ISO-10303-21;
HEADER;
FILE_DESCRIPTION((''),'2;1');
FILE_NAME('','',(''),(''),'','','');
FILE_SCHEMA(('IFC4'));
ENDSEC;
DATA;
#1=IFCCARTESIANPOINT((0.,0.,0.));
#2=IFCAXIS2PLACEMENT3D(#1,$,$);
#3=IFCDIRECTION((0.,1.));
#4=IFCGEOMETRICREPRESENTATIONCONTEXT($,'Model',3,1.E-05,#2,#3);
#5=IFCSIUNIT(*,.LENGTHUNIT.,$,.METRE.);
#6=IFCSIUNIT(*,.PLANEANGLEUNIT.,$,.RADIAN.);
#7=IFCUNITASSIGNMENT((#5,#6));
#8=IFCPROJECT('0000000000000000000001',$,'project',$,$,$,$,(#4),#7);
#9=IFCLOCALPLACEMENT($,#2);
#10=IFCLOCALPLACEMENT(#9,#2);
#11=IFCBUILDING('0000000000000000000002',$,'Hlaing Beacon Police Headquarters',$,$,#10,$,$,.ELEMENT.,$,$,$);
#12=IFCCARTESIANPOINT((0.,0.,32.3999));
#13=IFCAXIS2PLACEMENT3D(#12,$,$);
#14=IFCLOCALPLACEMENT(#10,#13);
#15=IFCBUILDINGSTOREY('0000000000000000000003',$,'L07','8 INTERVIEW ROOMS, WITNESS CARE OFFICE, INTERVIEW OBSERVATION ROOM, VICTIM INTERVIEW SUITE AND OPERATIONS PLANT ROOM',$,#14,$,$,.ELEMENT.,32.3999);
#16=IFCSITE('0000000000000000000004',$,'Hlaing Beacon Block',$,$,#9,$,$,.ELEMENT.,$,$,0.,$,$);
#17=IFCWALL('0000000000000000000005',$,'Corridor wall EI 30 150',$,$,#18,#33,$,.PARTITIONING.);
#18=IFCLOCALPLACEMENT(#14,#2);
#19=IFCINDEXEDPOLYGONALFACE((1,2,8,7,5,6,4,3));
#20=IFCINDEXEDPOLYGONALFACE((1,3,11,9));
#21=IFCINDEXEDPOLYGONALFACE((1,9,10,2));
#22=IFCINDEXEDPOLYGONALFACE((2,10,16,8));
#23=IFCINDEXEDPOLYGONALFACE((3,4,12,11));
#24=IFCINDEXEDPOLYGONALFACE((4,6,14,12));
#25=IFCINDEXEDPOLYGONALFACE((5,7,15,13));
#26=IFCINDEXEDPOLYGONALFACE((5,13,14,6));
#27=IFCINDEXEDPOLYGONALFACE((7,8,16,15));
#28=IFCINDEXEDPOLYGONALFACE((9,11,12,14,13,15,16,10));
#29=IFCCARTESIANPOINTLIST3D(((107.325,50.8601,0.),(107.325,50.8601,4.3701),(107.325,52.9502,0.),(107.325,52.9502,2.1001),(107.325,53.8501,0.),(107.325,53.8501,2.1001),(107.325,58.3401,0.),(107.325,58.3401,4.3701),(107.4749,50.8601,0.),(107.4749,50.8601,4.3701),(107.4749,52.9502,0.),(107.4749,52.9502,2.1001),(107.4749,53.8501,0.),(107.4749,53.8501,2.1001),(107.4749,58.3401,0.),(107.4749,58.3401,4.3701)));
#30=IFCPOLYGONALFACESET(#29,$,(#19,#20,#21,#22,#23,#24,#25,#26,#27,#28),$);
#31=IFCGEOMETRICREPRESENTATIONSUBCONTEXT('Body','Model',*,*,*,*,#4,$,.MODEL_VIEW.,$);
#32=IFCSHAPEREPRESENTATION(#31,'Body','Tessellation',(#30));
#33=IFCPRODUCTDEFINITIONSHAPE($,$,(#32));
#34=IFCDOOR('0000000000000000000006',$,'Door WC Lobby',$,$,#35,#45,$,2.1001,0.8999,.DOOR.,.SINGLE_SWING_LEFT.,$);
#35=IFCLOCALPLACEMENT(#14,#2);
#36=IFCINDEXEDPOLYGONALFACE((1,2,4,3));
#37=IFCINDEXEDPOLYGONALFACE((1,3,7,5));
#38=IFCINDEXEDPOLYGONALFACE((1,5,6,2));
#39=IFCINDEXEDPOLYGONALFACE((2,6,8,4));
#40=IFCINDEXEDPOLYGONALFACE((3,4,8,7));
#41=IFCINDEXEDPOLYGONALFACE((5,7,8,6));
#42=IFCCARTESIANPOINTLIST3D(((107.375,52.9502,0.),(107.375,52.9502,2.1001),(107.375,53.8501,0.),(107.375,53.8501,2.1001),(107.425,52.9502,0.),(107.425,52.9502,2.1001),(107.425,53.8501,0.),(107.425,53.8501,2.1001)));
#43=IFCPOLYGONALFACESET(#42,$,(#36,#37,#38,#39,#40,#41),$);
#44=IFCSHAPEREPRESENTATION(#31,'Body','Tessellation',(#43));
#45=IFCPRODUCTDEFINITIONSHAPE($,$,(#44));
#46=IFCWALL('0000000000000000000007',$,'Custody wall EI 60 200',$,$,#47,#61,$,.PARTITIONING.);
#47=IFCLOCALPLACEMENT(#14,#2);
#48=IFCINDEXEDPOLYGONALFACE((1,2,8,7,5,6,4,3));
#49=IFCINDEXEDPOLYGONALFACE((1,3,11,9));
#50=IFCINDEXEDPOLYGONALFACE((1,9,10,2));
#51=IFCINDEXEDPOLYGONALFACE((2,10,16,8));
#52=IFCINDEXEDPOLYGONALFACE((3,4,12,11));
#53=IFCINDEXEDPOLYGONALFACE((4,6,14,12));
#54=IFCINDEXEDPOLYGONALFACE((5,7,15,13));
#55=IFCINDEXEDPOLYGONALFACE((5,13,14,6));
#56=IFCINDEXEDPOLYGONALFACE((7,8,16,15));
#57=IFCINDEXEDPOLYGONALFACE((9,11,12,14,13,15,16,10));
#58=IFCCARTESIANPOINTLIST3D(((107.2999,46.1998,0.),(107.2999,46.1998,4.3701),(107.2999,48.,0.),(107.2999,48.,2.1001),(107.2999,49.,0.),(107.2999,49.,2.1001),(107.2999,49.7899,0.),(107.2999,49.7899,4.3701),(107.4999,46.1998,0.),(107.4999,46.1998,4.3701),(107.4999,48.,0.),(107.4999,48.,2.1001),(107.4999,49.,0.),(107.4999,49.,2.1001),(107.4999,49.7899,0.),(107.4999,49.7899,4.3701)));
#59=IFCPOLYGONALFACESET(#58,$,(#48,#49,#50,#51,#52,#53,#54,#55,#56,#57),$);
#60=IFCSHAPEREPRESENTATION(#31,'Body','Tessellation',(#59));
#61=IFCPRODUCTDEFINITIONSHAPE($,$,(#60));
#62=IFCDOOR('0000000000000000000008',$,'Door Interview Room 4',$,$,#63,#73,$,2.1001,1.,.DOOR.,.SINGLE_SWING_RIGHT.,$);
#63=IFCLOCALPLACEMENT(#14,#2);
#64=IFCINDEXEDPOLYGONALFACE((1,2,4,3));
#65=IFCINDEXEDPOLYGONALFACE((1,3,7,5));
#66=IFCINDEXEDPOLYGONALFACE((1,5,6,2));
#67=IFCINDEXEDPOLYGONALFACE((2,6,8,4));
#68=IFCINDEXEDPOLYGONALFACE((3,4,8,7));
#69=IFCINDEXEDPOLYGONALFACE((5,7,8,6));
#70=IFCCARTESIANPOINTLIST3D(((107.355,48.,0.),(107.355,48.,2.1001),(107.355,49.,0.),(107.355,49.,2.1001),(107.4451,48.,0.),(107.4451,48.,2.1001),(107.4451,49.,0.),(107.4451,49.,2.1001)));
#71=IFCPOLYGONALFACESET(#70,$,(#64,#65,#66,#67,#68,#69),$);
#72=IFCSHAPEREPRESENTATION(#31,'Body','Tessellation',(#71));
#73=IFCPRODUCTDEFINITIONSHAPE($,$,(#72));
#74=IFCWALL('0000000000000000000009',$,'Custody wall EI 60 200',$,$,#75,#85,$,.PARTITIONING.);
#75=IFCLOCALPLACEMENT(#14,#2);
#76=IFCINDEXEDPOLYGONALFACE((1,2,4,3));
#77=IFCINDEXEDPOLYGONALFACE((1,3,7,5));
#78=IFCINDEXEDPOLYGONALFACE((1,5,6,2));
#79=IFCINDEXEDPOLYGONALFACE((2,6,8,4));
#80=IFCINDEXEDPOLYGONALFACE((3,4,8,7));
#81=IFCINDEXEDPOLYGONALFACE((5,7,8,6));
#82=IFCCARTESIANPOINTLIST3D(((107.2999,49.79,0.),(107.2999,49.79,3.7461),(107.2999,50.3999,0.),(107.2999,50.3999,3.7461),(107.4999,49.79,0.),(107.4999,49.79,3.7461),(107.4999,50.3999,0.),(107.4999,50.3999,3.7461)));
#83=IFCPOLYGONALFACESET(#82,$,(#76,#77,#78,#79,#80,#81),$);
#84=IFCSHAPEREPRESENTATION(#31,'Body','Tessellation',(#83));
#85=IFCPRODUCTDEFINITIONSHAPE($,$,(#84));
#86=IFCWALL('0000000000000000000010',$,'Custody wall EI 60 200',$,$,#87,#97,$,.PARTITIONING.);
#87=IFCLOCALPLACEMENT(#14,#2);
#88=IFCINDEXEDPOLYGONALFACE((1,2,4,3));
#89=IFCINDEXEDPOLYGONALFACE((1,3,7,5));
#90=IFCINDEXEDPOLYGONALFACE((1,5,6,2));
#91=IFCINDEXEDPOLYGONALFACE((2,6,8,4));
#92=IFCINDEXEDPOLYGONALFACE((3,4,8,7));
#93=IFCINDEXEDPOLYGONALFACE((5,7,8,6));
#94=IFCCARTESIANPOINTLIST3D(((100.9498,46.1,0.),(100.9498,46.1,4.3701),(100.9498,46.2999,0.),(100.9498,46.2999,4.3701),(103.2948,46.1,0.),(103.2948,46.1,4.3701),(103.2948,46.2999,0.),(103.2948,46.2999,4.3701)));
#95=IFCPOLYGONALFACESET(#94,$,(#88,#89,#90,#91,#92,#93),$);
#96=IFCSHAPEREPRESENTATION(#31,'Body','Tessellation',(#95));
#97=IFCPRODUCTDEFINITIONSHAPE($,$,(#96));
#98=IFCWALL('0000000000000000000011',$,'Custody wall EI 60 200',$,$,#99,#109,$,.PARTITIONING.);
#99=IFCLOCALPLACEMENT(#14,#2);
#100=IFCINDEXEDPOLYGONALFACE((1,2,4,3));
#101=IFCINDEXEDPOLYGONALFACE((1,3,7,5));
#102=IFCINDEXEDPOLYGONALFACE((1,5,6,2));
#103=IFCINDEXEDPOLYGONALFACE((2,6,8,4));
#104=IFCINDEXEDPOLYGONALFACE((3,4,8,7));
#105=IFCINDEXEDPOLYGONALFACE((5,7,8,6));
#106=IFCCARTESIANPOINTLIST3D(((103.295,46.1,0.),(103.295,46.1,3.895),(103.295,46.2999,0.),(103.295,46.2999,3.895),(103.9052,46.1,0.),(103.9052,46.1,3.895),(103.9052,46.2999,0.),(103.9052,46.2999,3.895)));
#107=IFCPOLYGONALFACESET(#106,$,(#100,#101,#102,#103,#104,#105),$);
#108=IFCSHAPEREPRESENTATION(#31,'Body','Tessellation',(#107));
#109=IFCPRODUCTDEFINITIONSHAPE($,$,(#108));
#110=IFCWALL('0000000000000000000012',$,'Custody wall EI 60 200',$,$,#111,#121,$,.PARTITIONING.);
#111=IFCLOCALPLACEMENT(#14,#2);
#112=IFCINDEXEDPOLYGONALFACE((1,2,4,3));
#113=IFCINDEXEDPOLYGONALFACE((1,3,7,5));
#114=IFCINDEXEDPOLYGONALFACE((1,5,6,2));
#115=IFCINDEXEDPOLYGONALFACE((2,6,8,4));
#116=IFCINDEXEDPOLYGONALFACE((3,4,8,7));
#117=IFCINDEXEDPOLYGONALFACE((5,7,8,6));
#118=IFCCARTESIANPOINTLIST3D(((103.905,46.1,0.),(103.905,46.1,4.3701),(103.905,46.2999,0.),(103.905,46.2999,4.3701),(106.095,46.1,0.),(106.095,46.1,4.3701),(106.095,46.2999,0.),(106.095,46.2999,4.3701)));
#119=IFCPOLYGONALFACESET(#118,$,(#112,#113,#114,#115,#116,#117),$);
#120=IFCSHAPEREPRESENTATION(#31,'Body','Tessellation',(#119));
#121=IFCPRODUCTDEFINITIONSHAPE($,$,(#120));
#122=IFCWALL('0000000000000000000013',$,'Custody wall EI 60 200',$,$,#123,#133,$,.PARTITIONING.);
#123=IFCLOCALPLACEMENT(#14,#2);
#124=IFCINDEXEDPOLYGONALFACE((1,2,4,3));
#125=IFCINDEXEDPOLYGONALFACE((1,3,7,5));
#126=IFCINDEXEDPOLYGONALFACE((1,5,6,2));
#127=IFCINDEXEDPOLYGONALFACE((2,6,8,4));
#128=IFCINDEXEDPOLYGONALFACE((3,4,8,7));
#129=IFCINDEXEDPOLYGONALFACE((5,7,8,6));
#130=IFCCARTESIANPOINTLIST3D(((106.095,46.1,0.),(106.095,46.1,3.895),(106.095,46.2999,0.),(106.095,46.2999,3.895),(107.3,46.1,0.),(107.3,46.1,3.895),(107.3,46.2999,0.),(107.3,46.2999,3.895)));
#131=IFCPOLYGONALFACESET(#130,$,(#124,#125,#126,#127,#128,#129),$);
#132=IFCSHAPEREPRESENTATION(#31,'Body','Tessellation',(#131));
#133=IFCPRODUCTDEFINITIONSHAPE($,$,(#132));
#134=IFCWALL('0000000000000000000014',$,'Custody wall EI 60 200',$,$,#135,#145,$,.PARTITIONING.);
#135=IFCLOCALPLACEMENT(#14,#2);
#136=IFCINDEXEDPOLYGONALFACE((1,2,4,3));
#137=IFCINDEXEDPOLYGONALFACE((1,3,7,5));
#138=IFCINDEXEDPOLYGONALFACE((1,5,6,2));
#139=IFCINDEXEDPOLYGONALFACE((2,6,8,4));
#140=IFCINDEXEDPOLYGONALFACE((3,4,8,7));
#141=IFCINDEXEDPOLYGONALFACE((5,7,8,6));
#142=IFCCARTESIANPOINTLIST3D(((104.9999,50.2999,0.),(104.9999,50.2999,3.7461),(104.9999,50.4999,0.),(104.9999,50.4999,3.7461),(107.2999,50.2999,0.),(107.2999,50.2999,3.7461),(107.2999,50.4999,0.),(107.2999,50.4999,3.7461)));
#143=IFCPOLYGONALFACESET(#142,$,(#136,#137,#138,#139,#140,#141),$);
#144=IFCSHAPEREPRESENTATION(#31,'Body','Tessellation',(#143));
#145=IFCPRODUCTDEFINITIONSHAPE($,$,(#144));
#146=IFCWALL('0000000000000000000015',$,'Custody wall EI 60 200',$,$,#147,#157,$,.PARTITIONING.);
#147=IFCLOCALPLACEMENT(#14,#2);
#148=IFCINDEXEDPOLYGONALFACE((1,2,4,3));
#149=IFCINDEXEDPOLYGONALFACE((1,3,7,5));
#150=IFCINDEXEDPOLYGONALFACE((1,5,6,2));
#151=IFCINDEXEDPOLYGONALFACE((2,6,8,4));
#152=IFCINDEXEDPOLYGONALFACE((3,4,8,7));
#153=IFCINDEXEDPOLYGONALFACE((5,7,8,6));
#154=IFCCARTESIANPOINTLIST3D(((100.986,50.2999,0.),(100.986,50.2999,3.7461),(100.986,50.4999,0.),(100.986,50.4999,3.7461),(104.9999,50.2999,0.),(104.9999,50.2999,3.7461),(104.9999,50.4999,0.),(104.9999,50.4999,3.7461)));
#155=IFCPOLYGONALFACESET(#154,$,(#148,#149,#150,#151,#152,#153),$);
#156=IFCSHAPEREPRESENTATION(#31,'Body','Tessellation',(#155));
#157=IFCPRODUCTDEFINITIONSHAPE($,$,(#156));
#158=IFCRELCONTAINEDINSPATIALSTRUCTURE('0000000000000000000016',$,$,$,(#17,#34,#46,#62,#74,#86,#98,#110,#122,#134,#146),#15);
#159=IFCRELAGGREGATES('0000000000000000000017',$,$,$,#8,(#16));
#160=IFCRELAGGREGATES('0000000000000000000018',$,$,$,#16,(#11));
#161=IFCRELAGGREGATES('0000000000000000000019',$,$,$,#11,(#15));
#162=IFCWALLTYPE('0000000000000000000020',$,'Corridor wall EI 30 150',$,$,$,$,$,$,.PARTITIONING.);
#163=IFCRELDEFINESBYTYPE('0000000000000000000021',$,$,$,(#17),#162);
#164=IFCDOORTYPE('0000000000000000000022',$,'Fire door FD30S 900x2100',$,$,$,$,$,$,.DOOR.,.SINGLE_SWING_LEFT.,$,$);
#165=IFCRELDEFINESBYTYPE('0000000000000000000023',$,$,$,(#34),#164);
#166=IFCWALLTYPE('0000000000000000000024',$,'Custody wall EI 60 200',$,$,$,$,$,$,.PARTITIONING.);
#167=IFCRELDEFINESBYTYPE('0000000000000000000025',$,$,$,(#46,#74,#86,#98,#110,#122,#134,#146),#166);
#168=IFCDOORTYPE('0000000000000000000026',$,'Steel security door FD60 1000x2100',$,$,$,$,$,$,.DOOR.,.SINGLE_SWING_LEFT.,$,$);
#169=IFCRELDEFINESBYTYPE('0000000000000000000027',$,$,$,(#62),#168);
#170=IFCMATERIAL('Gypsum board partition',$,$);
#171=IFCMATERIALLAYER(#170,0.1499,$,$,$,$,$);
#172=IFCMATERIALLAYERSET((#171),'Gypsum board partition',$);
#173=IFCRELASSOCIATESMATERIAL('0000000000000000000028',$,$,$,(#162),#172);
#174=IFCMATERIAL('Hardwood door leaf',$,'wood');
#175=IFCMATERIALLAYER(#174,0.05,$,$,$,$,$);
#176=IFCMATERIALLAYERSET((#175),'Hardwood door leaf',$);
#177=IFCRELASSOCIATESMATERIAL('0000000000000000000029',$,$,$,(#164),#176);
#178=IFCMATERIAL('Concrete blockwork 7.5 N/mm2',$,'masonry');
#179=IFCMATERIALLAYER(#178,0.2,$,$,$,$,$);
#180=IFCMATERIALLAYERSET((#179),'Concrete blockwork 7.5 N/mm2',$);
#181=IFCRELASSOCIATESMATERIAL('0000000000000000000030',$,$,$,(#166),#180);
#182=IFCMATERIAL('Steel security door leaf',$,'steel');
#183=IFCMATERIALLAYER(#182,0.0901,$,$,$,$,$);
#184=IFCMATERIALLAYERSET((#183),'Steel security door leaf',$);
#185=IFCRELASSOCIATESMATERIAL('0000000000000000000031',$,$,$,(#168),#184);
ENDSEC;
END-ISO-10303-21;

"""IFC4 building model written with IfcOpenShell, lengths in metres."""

from ifc_helpers import new_model, si_unit, direction, frame, frame_2d, origin, place, context, subcontext, project, spatial, rectangle, extrude, material, layer, layer_set, type_object, element, fill, save


model = new_model("IFC4")

# Units and contexts
model_context = context("Model", 3, precision=1e-05, world=origin(), true_north=direction((0.0, 1.0)))
body_context = subcontext(model_context, "Body", "Model", "MODEL_VIEW")
ifc_project = project(units=[si_unit("LENGTHUNIT", "METRE"), si_unit("PLANEANGLEUNIT", "RADIAN")], contexts=[model_context])

# Site, building, storey
site_placement = place(None, origin())
site = spatial("IfcSite", under=ifc_project, at=site_placement, Name="Hlaing Beacon Block", CompositionType="ELEMENT", RefElevation=0.0)
building_placement = place(site_placement, origin())
building = spatial("IfcBuilding", under=site, at=building_placement, Name="Hlaing Beacon Police Headquarters", CompositionType="ELEMENT")
storey_placement = place(building_placement, frame((0.0, 0.0, 32.3999)))
storey = spatial("IfcBuildingStorey", under=building, at=storey_placement, Name="L07", Description="8 INTERVIEW ROOMS, WITNESS CARE OFFICE, INTERVIEW OBSERVATION ROOM, VICTIM INTERVIEW SUITE AND OPERATIONS PLANT ROOM", CompositionType="ELEMENT", Elevation=32.3999)

# Shared definitions
ifc_material_1 = material(Name="Gypsum board partition")
ifc_layer_1 = layer(ifc_material_1, 0.1499)
ifc_layer_set_1 = layer_set([ifc_layer_1], Name="Gypsum board partition")
wall_type_1 = type_object("IfcWallType", Name="Corridor wall EI 30 150", PredefinedType="PARTITIONING", material=ifc_layer_set_1)

# Walls, openings, doors
wall_1_placement = place(storey_placement, frame((107.3999, 50.8601, 0.0), z_axis=(0.0, 0.0, 1.0), x_axis=(0.0, 1.0, 0.0)))
wall_1 = element("IfcWall", 1, at=wall_1_placement, inside=storey, type_object=wall_type_1, Name="Corridor wall EI 30 150", PredefinedType="PARTITIONING", context=body_context, shape_type="SweptSolid", body=[
    extrude(rectangle(XDim=7.48, YDim=0.1499, at=frame_2d((3.74, 0.0))), origin(), (0.0, 0.0, 1.0), 4.3701),
])
opening_1_placement = place(wall_1_placement, frame((2.0901, 0.0, 0.0)))
opening_1 = element("IfcOpeningElement", 2, at=opening_1_placement, cuts=wall_1, PredefinedType="OPENING", context=body_context, shape_type="SweptSolid", body=[
    extrude(rectangle(XDim=0.8999, YDim=2.1001, at=frame_2d((0.45, 1.05))), frame((0.0, 0.085, 0.0), z_axis=(0.0, -1.0, 0.0), x_axis=(1.0, 0.0, 0.0)), (0.0, 0.0, 1.0), 0.1699),
])
ifc_material_2 = material(Name="Hardwood door leaf", Category="wood")
ifc_layer_2 = layer(ifc_material_2, 0.05)
ifc_layer_set_2 = layer_set([ifc_layer_2], Name="Hardwood door leaf")
door_type_1 = type_object("IfcDoorType", Name="Fire door FD30S 900x2100", OperationType="SINGLE_SWING_LEFT", PredefinedType="DOOR", material=ifc_layer_set_2)
door_1_placement = place(opening_1_placement, origin())
door_1 = element("IfcDoor", 3, at=door_1_placement, inside=storey, type_object=door_type_1, Name="Door WC Lobby", OperationType="SINGLE_SWING_LEFT", OverallHeight=2.1001, OverallWidth=0.8999, PredefinedType="DOOR", context=body_context, shape_type="SweptSolid", body=[
    extrude(rectangle(XDim=0.8999, YDim=2.1001, at=frame_2d((0.45, 1.05))), frame((0.0, 0.0249, 0.0), z_axis=(0.0, -1.0, 0.0), x_axis=(1.0, 0.0, 0.0)), (0.0, 0.0, 1.0), 0.05),
])
fill(opening_1, door_1)
ifc_material_3 = material(Name="Concrete blockwork 7.5 N/mm2", Category="masonry")
ifc_layer_3 = layer(ifc_material_3, 0.2)
ifc_layer_set_3 = layer_set([ifc_layer_3], Name="Concrete blockwork 7.5 N/mm2")
wall_type_2 = type_object("IfcWallType", Name="Custody wall EI 60 200", PredefinedType="PARTITIONING", material=ifc_layer_set_3)
wall_2_placement = place(storey_placement, frame((107.3999, 46.2, 0.0), z_axis=(0.0, 0.0, 1.0), x_axis=(0.0, 1.0, 0.0)))
wall_2 = element("IfcWall", 4, at=wall_2_placement, inside=storey, type_object=wall_type_2, Name="Custody wall EI 60 200", PredefinedType="PARTITIONING", context=body_context, shape_type="SweptSolid", body=[
    extrude(rectangle(XDim=3.5901, YDim=0.2, at=frame_2d((1.7949, 0.0))), origin(), (0.0, 0.0, 1.0), 4.3701),
])
opening_2_placement = place(wall_2_placement, frame((1.8, 0.0, 0.0)))
opening_2 = element("IfcOpeningElement", 5, at=opening_2_placement, cuts=wall_2, PredefinedType="OPENING", context=body_context, shape_type="SweptSolid", body=[
    extrude(rectangle(XDim=1.0, YDim=2.1001, at=frame_2d((0.5, 1.05))), frame((0.0, 0.1099, 0.0), z_axis=(0.0, -1.0, 0.0), x_axis=(1.0, 0.0, 0.0)), (0.0, 0.0, 1.0), 0.22),
])
ifc_material_4 = material(Name="Steel security door leaf", Category="steel")
ifc_layer_4 = layer(ifc_material_4, 0.0901)
ifc_layer_set_4 = layer_set([ifc_layer_4], Name="Steel security door leaf")
door_type_2 = type_object("IfcDoorType", Name="Steel security door FD60 1000x2100", OperationType="SINGLE_SWING_LEFT", PredefinedType="DOOR", material=ifc_layer_set_4)
door_2_placement = place(opening_2_placement, origin())
door_2 = element("IfcDoor", 6, at=door_2_placement, inside=storey, type_object=door_type_2, Name="Door Interview Room 4", OperationType="SINGLE_SWING_RIGHT", OverallHeight=2.1001, OverallWidth=1.0, PredefinedType="DOOR", context=body_context, shape_type="SweptSolid", body=[
    extrude(rectangle(XDim=1.0, YDim=2.1001, at=frame_2d((0.5, 1.05))), frame((0.0, 0.0449, 0.0), z_axis=(0.0, -1.0, 0.0), x_axis=(1.0, 0.0, 0.0)), (0.0, 0.0, 1.0), 0.0901),
])
fill(opening_2, door_2)

# Walls
wall_3_placement = place(storey_placement, frame((107.3999, 49.79, 0.0), z_axis=(0.0, 0.0, 1.0), x_axis=(0.0, 1.0, 0.0)))
element("IfcWall", 7, at=wall_3_placement, inside=storey, type_object=wall_type_2, Name="Custody wall EI 60 200", PredefinedType="PARTITIONING", context=body_context, shape_type="SweptSolid", body=[
    extrude(rectangle(XDim=0.6099, YDim=0.2, at=frame_2d((0.3049, 0.0))), origin(), (0.0, 0.0, 1.0), 3.7461),
])
wall_4_placement = place(storey_placement, frame((100.95, 46.2, 0.0), z_axis=(0.0, 0.0, 1.0), x_axis=(1.0, 0.0, 0.0)))
element("IfcWall", 8, at=wall_4_placement, inside=storey, type_object=wall_type_2, Name="Custody wall EI 60 200", PredefinedType="PARTITIONING", context=body_context, shape_type="SweptSolid", body=[
    extrude(rectangle(XDim=2.345, YDim=0.2, at=frame_2d((1.1724, 0.0))), origin(), (0.0, 0.0, 1.0), 4.3701),
])
wall_5_placement = place(storey_placement, frame((103.2949, 46.2, 0.0), z_axis=(0.0, 0.0, 1.0), x_axis=(1.0, 0.0, 0.0)))
element("IfcWall", 9, at=wall_5_placement, inside=storey, type_object=wall_type_2, Name="Custody wall EI 60 200", PredefinedType="PARTITIONING", context=body_context, shape_type="SweptSolid", body=[
    extrude(rectangle(XDim=0.6101, YDim=0.2, at=frame_2d((0.3052, 0.0))), origin(), (0.0, 0.0, 1.0), 3.895),
])
wall_6_placement = place(storey_placement, frame((103.905, 46.2, 0.0), z_axis=(0.0, 0.0, 1.0), x_axis=(1.0, 0.0, 0.0)))
element("IfcWall", 10, at=wall_6_placement, inside=storey, type_object=wall_type_2, Name="Custody wall EI 60 200", PredefinedType="PARTITIONING", context=body_context, shape_type="SweptSolid", body=[
    extrude(rectangle(XDim=2.1899, YDim=0.2, at=frame_2d((1.095, 0.0))), origin(), (0.0, 0.0, 1.0), 4.3701),
])
wall_7_placement = place(storey_placement, frame((106.095, 46.2, 0.0), z_axis=(0.0, 0.0, 1.0), x_axis=(1.0, 0.0, 0.0)))
element("IfcWall", 11, at=wall_7_placement, inside=storey, type_object=wall_type_2, Name="Custody wall EI 60 200", PredefinedType="PARTITIONING", context=body_context, shape_type="SweptSolid", body=[
    extrude(rectangle(XDim=1.2051, YDim=0.2, at=frame_2d((0.6025, 0.0))), origin(), (0.0, 0.0, 1.0), 3.895),
])
wall_8_placement = place(storey_placement, frame((105.0, 50.3999, 0.0), z_axis=(0.0, 0.0, 1.0), x_axis=(1.0, 0.0, 0.0)))
element("IfcWall", 12, at=wall_8_placement, inside=storey, type_object=wall_type_2, Name="Custody wall EI 60 200", PredefinedType="PARTITIONING", context=body_context, shape_type="SweptSolid", body=[
    extrude(rectangle(XDim=2.3, YDim=0.2, at=frame_2d((1.1499, 0.0))), origin(), (0.0, 0.0, 1.0), 3.7461),
])
wall_9_placement = place(storey_placement, frame((100.9861, 50.3999, 0.0), z_axis=(0.0, 0.0, 1.0), x_axis=(1.0, 0.0, 0.0)))
element("IfcWall", 13, at=wall_9_placement, inside=storey, type_object=wall_type_2, Name="Custody wall EI 60 200", PredefinedType="PARTITIONING", context=body_context, shape_type="SweptSolid", body=[
    extrude(rectangle(XDim=4.0139, YDim=0.2, at=frame_2d((2.0068, 0.0))), origin(), (0.0, 0.0, 1.0), 3.7461),
])

save(model, "model.ifc")
